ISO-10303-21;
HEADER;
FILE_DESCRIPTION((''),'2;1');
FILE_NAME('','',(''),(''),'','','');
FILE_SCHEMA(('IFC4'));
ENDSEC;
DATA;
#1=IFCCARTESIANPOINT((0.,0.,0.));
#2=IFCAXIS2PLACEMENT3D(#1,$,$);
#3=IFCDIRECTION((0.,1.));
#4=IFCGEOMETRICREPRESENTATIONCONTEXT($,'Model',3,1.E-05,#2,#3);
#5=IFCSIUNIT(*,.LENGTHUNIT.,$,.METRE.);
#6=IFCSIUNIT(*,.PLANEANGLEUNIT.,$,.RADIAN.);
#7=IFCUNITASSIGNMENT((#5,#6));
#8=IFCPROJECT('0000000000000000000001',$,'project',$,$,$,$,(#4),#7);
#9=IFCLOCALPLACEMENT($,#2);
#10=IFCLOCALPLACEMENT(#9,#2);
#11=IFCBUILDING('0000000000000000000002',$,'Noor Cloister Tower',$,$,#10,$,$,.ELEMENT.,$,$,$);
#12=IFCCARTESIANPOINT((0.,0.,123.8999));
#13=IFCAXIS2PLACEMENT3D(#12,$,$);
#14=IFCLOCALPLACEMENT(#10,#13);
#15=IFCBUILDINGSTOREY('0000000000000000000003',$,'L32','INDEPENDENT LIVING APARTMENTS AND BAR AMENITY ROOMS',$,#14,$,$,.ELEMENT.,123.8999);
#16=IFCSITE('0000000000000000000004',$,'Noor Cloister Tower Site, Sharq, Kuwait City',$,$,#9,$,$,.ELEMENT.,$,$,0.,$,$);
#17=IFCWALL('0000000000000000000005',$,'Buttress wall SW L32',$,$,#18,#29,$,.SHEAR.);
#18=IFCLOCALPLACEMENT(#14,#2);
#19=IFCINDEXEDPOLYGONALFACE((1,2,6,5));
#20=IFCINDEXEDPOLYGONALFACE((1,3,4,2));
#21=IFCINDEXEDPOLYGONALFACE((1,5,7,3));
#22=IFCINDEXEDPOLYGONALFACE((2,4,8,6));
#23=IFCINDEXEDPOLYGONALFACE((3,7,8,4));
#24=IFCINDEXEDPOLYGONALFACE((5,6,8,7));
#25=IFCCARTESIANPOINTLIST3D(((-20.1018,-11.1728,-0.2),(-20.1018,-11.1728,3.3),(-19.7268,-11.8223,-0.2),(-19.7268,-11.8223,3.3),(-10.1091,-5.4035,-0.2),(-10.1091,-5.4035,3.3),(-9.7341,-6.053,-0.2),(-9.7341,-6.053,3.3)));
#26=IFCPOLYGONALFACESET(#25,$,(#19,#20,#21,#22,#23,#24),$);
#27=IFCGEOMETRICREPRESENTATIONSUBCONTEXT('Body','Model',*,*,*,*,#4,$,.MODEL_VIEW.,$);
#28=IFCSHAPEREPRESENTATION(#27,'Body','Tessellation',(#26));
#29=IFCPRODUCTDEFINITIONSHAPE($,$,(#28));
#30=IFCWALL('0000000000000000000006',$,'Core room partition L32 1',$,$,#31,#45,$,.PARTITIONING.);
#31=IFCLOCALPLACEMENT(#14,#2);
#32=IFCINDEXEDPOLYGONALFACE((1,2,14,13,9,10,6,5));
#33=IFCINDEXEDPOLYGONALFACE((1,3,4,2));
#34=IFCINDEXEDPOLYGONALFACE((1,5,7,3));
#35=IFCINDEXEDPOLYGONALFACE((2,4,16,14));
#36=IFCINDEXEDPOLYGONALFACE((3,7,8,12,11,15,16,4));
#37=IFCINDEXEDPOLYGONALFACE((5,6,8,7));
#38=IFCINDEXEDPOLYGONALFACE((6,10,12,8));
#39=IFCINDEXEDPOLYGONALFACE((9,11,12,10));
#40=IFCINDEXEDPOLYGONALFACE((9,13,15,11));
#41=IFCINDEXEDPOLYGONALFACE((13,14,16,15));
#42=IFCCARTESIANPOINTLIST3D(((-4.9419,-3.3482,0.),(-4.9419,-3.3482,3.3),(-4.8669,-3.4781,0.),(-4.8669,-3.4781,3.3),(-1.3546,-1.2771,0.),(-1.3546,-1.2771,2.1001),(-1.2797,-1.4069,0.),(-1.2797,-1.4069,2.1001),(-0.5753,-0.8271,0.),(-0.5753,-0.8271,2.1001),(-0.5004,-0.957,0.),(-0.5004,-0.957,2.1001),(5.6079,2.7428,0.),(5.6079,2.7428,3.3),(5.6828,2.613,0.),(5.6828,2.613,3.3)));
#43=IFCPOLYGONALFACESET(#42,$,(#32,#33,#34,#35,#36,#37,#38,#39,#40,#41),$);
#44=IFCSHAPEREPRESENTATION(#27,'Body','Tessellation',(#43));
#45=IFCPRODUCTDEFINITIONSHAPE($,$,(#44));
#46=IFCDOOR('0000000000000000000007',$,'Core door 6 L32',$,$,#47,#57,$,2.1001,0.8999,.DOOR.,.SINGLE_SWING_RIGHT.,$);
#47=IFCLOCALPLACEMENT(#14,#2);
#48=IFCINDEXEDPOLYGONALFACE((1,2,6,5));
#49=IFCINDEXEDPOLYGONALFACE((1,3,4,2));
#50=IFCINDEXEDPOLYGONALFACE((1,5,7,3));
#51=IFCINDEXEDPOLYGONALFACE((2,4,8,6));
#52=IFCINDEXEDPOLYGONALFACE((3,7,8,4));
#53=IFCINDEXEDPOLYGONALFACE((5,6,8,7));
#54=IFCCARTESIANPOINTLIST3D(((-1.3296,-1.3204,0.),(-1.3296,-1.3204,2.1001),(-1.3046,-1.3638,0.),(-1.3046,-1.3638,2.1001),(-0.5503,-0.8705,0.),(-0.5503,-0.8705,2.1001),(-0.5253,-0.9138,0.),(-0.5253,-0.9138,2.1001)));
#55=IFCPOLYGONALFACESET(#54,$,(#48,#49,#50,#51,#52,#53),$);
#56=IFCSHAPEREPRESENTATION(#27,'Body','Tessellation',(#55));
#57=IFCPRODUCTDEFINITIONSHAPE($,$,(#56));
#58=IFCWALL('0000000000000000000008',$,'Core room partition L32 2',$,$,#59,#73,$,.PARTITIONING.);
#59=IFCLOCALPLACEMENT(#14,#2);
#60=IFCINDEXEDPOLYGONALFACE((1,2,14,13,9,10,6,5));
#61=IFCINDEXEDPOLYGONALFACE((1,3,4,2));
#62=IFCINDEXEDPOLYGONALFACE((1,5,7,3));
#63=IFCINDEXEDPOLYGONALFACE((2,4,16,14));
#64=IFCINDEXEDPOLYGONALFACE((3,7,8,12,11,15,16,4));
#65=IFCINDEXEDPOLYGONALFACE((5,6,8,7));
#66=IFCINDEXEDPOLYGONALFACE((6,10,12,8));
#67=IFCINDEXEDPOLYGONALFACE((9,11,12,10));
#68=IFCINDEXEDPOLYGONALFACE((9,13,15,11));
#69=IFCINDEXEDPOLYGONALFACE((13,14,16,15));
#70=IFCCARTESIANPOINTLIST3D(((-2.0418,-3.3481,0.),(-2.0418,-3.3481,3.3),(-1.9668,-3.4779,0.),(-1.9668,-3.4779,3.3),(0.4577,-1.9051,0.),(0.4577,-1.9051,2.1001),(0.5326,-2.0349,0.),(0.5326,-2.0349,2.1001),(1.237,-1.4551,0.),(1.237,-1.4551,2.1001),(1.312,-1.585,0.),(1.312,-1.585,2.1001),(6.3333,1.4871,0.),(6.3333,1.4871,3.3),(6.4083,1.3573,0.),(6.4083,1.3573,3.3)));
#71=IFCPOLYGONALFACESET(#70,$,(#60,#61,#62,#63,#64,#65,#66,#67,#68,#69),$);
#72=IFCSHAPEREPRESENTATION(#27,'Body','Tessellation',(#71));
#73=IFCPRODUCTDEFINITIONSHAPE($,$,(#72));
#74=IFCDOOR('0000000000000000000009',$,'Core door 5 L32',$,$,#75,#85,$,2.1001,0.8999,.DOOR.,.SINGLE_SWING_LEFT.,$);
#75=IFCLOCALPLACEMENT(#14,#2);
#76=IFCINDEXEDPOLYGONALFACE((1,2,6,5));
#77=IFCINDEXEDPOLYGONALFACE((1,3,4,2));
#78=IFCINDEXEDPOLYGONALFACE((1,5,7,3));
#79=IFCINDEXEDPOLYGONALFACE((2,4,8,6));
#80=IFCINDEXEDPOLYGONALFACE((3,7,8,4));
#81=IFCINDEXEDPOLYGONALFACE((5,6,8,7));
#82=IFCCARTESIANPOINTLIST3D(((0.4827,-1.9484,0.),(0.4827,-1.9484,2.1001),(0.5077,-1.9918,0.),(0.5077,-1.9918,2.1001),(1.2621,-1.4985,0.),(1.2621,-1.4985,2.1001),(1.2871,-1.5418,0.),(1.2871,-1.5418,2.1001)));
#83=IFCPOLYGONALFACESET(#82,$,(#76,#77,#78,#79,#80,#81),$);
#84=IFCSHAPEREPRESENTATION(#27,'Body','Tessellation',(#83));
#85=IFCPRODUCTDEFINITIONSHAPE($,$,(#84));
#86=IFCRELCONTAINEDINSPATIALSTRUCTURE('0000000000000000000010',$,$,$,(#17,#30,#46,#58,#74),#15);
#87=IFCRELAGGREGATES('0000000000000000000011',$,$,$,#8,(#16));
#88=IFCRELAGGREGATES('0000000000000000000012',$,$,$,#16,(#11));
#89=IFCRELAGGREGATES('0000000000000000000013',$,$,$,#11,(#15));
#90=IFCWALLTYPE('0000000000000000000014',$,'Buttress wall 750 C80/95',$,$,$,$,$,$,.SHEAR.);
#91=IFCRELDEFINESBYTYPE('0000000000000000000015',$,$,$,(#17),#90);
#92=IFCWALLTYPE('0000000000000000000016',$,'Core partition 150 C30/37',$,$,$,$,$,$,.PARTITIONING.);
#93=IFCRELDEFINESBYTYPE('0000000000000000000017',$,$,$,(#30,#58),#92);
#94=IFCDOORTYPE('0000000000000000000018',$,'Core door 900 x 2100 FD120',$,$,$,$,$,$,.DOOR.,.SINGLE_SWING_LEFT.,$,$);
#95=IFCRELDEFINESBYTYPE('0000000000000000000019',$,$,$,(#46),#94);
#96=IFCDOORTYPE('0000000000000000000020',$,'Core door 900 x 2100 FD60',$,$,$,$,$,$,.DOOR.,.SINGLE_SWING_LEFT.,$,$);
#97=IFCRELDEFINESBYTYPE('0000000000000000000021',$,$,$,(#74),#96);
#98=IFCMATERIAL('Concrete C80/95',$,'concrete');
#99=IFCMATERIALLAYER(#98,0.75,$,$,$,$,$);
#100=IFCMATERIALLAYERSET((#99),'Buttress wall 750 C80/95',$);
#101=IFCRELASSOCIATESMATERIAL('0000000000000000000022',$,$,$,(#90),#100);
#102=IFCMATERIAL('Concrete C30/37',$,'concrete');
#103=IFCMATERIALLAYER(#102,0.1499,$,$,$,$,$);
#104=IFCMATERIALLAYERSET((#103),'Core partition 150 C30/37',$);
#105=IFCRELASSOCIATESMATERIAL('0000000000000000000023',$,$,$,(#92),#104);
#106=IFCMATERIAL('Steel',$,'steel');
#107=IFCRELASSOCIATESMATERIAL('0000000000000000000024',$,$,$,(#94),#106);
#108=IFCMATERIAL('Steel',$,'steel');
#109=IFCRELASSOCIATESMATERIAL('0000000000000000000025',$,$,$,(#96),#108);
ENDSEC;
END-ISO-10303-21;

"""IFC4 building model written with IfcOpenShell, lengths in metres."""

from ifc_helpers import new_model, si_unit, direction, frame, frame_2d, origin, place, context, subcontext, project, spatial, rectangle, extrude, material, layer, layer_set, type_object, element, fill, save


model = new_model("IFC4")

# Units and contexts
model_context = context("Model", 3, precision=1e-05, world=origin(), true_north=direction((0.0, 1.0)))
body_context = subcontext(model_context, "Body", "Model", "MODEL_VIEW")
ifc_project = project(units=[si_unit("LENGTHUNIT", "METRE"), si_unit("PLANEANGLEUNIT", "RADIAN")], contexts=[model_context])

# Site, building, storey
site_placement = place(None, origin())
site = spatial("IfcSite", under=ifc_project, at=site_placement, Name="Noor Cloister Tower Site, Sharq, Kuwait City", CompositionType="ELEMENT", RefElevation=0.0)
building_placement = place(site_placement, origin())
building = spatial("IfcBuilding", under=site, at=building_placement, Name="Noor Cloister Tower", CompositionType="ELEMENT")
storey_placement = place(building_placement, frame((0.0, 0.0, 123.8999)))
storey = spatial("IfcBuildingStorey", under=building, at=storey_placement, Name="L32", Description="INDEPENDENT LIVING APARTMENTS AND BAR AMENITY ROOMS", CompositionType="ELEMENT", Elevation=123.8999)

# Wall
ifc_material_1 = material(Name="Concrete C80/95", Category="concrete")
ifc_layer_1 = layer(ifc_material_1, 0.75)
ifc_layer_set_1 = layer_set([ifc_layer_1], Name="Buttress wall 750 C80/95")
wall_type_1 = type_object("IfcWallType", Name="Buttress wall 750 C80/95", PredefinedType="SHEAR", material=ifc_layer_set_1)
wall_1_placement = place(storey_placement, frame((-9.9216, -5.7283, -0.2), z_axis=(0.0, 0.0, 1.0), x_axis=(-0.866025, -0.500001, 0.0)))
element("IfcWall", 1, at=wall_1_placement, inside=storey, type_object=wall_type_1, Name="Buttress wall SW L32", PredefinedType="SHEAR", context=body_context, shape_type="SweptSolid", body=[
    extrude(rectangle(XDim=11.5386, YDim=0.75, at=frame_2d((5.7693, 0.0))), origin(), (0.0, 0.0, 1.0), 3.5),
])

# Walls, openings, doors
ifc_material_2 = material(Name="Concrete C30/37", Category="concrete")
ifc_layer_2 = layer(ifc_material_2, 0.1499)
ifc_layer_set_2 = layer_set([ifc_layer_2], Name="Core partition 150 C30/37")
wall_type_2 = type_object("IfcWallType", Name="Core partition 150 C30/37", PredefinedType="PARTITIONING", material=ifc_layer_set_2)
wall_2_placement = place(storey_placement, frame((-4.9043, -3.4131, 0.0), z_axis=(0.0, 0.0, 1.0), x_axis=(0.866021, 0.500008, 0.0)))
wall_2 = element("IfcWall", 2, at=wall_2_placement, inside=storey, type_object=wall_type_2, Name="Core room partition L32 1", PredefinedType="PARTITIONING", context=body_context, shape_type="SweptSolid", body=[
    extrude(rectangle(XDim=12.1819, YDim=0.1499, at=frame_2d((6.0908, 0.0))), origin(), (0.0, 0.0, 1.0), 3.3),
])
opening_1_placement = place(wall_2_placement, frame((4.1421, 0.0, 0.0)))
opening_1 = element("IfcOpeningElement", 3, at=opening_1_placement, cuts=wall_2, PredefinedType="OPENING", context=body_context, shape_type="SweptSolid", body=[
    extrude(rectangle(XDim=0.8999, YDim=2.1001, at=frame_2d((0.45, 1.05))), frame((0.0, 0.085, 0.0), z_axis=(0.0, -1.0, 0.0), x_axis=(1.0, 0.0, 0.0)), (0.0, 0.0, 1.0), 0.1699),
])
ifc_material_3 = material(Name="Steel", Category="steel")
door_type_1 = type_object("IfcDoorType", Name="Core door 900 x 2100 FD120", OperationType="SINGLE_SWING_LEFT", PredefinedType="DOOR", material=ifc_material_3)
door_1_placement = place(opening_1_placement, origin())
door_1 = element("IfcDoor", 4, at=door_1_placement, inside=storey, type_object=door_type_1, Name="Core door 6 L32", OperationType="SINGLE_SWING_RIGHT", OverallHeight=2.1001, OverallWidth=0.8999, PredefinedType="DOOR", context=body_context, shape_type="SweptSolid", body=[
    extrude(rectangle(XDim=0.8999, YDim=2.1001, at=frame_2d((0.45, 1.05))), frame((0.0, 0.0249, 0.0), z_axis=(0.0, -1.0, 0.0), x_axis=(1.0, 0.0, 0.0)), (0.0, 0.0, 1.0), 0.05),
])
fill(opening_1, door_1)
wall_3_placement = place(storey_placement, frame((-2.0044, -3.4131, 0.0), z_axis=(0.0, 0.0, 1.0), x_axis=(0.86603, 0.499992, 0.0)))
wall_3 = element("IfcWall", 5, at=wall_3_placement, inside=storey, type_object=wall_type_2, Name="Core room partition L32 2", PredefinedType="PARTITIONING", context=body_context, shape_type="SweptSolid", body=[
    extrude(rectangle(XDim=9.6707, YDim=0.1499, at=frame_2d((4.8354, 0.0))), origin(), (0.0, 0.0, 1.0), 3.3),
])
opening_2_placement = place(wall_3_placement, frame((2.8862, 0.0, 0.0)))
opening_2 = element("IfcOpeningElement", 6, at=opening_2_placement, cuts=wall_3, PredefinedType="OPENING", context=body_context, shape_type="SweptSolid", body=[
    extrude(rectangle(XDim=0.8999, YDim=2.1001, at=frame_2d((0.45, 1.05))), frame((0.0, 0.085, 0.0), z_axis=(0.0, -1.0, 0.0), x_axis=(1.0, 0.0, 0.0)), (0.0, 0.0, 1.0), 0.1699),
])
ifc_material_4 = material(Name="Steel", Category="steel")
door_type_2 = type_object("IfcDoorType", Name="Core door 900 x 2100 FD60", OperationType="SINGLE_SWING_LEFT", PredefinedType="DOOR", material=ifc_material_4)
door_2_placement = place(opening_2_placement, origin())
door_2 = element("IfcDoor", 7, at=door_2_placement, inside=storey, type_object=door_type_2, Name="Core door 5 L32", OperationType="SINGLE_SWING_LEFT", OverallHeight=2.1001, OverallWidth=0.8999, PredefinedType="DOOR", context=body_context, shape_type="SweptSolid", body=[
    extrude(rectangle(XDim=0.8999, YDim=2.1001, at=frame_2d((0.45, 1.05))), frame((0.0, 0.0249, 0.0), z_axis=(0.0, -1.0, 0.0), x_axis=(1.0, 0.0, 0.0)), (0.0, 0.0, 1.0), 0.05),
])
fill(opening_2, door_2)

save(model, "model.ifc")
